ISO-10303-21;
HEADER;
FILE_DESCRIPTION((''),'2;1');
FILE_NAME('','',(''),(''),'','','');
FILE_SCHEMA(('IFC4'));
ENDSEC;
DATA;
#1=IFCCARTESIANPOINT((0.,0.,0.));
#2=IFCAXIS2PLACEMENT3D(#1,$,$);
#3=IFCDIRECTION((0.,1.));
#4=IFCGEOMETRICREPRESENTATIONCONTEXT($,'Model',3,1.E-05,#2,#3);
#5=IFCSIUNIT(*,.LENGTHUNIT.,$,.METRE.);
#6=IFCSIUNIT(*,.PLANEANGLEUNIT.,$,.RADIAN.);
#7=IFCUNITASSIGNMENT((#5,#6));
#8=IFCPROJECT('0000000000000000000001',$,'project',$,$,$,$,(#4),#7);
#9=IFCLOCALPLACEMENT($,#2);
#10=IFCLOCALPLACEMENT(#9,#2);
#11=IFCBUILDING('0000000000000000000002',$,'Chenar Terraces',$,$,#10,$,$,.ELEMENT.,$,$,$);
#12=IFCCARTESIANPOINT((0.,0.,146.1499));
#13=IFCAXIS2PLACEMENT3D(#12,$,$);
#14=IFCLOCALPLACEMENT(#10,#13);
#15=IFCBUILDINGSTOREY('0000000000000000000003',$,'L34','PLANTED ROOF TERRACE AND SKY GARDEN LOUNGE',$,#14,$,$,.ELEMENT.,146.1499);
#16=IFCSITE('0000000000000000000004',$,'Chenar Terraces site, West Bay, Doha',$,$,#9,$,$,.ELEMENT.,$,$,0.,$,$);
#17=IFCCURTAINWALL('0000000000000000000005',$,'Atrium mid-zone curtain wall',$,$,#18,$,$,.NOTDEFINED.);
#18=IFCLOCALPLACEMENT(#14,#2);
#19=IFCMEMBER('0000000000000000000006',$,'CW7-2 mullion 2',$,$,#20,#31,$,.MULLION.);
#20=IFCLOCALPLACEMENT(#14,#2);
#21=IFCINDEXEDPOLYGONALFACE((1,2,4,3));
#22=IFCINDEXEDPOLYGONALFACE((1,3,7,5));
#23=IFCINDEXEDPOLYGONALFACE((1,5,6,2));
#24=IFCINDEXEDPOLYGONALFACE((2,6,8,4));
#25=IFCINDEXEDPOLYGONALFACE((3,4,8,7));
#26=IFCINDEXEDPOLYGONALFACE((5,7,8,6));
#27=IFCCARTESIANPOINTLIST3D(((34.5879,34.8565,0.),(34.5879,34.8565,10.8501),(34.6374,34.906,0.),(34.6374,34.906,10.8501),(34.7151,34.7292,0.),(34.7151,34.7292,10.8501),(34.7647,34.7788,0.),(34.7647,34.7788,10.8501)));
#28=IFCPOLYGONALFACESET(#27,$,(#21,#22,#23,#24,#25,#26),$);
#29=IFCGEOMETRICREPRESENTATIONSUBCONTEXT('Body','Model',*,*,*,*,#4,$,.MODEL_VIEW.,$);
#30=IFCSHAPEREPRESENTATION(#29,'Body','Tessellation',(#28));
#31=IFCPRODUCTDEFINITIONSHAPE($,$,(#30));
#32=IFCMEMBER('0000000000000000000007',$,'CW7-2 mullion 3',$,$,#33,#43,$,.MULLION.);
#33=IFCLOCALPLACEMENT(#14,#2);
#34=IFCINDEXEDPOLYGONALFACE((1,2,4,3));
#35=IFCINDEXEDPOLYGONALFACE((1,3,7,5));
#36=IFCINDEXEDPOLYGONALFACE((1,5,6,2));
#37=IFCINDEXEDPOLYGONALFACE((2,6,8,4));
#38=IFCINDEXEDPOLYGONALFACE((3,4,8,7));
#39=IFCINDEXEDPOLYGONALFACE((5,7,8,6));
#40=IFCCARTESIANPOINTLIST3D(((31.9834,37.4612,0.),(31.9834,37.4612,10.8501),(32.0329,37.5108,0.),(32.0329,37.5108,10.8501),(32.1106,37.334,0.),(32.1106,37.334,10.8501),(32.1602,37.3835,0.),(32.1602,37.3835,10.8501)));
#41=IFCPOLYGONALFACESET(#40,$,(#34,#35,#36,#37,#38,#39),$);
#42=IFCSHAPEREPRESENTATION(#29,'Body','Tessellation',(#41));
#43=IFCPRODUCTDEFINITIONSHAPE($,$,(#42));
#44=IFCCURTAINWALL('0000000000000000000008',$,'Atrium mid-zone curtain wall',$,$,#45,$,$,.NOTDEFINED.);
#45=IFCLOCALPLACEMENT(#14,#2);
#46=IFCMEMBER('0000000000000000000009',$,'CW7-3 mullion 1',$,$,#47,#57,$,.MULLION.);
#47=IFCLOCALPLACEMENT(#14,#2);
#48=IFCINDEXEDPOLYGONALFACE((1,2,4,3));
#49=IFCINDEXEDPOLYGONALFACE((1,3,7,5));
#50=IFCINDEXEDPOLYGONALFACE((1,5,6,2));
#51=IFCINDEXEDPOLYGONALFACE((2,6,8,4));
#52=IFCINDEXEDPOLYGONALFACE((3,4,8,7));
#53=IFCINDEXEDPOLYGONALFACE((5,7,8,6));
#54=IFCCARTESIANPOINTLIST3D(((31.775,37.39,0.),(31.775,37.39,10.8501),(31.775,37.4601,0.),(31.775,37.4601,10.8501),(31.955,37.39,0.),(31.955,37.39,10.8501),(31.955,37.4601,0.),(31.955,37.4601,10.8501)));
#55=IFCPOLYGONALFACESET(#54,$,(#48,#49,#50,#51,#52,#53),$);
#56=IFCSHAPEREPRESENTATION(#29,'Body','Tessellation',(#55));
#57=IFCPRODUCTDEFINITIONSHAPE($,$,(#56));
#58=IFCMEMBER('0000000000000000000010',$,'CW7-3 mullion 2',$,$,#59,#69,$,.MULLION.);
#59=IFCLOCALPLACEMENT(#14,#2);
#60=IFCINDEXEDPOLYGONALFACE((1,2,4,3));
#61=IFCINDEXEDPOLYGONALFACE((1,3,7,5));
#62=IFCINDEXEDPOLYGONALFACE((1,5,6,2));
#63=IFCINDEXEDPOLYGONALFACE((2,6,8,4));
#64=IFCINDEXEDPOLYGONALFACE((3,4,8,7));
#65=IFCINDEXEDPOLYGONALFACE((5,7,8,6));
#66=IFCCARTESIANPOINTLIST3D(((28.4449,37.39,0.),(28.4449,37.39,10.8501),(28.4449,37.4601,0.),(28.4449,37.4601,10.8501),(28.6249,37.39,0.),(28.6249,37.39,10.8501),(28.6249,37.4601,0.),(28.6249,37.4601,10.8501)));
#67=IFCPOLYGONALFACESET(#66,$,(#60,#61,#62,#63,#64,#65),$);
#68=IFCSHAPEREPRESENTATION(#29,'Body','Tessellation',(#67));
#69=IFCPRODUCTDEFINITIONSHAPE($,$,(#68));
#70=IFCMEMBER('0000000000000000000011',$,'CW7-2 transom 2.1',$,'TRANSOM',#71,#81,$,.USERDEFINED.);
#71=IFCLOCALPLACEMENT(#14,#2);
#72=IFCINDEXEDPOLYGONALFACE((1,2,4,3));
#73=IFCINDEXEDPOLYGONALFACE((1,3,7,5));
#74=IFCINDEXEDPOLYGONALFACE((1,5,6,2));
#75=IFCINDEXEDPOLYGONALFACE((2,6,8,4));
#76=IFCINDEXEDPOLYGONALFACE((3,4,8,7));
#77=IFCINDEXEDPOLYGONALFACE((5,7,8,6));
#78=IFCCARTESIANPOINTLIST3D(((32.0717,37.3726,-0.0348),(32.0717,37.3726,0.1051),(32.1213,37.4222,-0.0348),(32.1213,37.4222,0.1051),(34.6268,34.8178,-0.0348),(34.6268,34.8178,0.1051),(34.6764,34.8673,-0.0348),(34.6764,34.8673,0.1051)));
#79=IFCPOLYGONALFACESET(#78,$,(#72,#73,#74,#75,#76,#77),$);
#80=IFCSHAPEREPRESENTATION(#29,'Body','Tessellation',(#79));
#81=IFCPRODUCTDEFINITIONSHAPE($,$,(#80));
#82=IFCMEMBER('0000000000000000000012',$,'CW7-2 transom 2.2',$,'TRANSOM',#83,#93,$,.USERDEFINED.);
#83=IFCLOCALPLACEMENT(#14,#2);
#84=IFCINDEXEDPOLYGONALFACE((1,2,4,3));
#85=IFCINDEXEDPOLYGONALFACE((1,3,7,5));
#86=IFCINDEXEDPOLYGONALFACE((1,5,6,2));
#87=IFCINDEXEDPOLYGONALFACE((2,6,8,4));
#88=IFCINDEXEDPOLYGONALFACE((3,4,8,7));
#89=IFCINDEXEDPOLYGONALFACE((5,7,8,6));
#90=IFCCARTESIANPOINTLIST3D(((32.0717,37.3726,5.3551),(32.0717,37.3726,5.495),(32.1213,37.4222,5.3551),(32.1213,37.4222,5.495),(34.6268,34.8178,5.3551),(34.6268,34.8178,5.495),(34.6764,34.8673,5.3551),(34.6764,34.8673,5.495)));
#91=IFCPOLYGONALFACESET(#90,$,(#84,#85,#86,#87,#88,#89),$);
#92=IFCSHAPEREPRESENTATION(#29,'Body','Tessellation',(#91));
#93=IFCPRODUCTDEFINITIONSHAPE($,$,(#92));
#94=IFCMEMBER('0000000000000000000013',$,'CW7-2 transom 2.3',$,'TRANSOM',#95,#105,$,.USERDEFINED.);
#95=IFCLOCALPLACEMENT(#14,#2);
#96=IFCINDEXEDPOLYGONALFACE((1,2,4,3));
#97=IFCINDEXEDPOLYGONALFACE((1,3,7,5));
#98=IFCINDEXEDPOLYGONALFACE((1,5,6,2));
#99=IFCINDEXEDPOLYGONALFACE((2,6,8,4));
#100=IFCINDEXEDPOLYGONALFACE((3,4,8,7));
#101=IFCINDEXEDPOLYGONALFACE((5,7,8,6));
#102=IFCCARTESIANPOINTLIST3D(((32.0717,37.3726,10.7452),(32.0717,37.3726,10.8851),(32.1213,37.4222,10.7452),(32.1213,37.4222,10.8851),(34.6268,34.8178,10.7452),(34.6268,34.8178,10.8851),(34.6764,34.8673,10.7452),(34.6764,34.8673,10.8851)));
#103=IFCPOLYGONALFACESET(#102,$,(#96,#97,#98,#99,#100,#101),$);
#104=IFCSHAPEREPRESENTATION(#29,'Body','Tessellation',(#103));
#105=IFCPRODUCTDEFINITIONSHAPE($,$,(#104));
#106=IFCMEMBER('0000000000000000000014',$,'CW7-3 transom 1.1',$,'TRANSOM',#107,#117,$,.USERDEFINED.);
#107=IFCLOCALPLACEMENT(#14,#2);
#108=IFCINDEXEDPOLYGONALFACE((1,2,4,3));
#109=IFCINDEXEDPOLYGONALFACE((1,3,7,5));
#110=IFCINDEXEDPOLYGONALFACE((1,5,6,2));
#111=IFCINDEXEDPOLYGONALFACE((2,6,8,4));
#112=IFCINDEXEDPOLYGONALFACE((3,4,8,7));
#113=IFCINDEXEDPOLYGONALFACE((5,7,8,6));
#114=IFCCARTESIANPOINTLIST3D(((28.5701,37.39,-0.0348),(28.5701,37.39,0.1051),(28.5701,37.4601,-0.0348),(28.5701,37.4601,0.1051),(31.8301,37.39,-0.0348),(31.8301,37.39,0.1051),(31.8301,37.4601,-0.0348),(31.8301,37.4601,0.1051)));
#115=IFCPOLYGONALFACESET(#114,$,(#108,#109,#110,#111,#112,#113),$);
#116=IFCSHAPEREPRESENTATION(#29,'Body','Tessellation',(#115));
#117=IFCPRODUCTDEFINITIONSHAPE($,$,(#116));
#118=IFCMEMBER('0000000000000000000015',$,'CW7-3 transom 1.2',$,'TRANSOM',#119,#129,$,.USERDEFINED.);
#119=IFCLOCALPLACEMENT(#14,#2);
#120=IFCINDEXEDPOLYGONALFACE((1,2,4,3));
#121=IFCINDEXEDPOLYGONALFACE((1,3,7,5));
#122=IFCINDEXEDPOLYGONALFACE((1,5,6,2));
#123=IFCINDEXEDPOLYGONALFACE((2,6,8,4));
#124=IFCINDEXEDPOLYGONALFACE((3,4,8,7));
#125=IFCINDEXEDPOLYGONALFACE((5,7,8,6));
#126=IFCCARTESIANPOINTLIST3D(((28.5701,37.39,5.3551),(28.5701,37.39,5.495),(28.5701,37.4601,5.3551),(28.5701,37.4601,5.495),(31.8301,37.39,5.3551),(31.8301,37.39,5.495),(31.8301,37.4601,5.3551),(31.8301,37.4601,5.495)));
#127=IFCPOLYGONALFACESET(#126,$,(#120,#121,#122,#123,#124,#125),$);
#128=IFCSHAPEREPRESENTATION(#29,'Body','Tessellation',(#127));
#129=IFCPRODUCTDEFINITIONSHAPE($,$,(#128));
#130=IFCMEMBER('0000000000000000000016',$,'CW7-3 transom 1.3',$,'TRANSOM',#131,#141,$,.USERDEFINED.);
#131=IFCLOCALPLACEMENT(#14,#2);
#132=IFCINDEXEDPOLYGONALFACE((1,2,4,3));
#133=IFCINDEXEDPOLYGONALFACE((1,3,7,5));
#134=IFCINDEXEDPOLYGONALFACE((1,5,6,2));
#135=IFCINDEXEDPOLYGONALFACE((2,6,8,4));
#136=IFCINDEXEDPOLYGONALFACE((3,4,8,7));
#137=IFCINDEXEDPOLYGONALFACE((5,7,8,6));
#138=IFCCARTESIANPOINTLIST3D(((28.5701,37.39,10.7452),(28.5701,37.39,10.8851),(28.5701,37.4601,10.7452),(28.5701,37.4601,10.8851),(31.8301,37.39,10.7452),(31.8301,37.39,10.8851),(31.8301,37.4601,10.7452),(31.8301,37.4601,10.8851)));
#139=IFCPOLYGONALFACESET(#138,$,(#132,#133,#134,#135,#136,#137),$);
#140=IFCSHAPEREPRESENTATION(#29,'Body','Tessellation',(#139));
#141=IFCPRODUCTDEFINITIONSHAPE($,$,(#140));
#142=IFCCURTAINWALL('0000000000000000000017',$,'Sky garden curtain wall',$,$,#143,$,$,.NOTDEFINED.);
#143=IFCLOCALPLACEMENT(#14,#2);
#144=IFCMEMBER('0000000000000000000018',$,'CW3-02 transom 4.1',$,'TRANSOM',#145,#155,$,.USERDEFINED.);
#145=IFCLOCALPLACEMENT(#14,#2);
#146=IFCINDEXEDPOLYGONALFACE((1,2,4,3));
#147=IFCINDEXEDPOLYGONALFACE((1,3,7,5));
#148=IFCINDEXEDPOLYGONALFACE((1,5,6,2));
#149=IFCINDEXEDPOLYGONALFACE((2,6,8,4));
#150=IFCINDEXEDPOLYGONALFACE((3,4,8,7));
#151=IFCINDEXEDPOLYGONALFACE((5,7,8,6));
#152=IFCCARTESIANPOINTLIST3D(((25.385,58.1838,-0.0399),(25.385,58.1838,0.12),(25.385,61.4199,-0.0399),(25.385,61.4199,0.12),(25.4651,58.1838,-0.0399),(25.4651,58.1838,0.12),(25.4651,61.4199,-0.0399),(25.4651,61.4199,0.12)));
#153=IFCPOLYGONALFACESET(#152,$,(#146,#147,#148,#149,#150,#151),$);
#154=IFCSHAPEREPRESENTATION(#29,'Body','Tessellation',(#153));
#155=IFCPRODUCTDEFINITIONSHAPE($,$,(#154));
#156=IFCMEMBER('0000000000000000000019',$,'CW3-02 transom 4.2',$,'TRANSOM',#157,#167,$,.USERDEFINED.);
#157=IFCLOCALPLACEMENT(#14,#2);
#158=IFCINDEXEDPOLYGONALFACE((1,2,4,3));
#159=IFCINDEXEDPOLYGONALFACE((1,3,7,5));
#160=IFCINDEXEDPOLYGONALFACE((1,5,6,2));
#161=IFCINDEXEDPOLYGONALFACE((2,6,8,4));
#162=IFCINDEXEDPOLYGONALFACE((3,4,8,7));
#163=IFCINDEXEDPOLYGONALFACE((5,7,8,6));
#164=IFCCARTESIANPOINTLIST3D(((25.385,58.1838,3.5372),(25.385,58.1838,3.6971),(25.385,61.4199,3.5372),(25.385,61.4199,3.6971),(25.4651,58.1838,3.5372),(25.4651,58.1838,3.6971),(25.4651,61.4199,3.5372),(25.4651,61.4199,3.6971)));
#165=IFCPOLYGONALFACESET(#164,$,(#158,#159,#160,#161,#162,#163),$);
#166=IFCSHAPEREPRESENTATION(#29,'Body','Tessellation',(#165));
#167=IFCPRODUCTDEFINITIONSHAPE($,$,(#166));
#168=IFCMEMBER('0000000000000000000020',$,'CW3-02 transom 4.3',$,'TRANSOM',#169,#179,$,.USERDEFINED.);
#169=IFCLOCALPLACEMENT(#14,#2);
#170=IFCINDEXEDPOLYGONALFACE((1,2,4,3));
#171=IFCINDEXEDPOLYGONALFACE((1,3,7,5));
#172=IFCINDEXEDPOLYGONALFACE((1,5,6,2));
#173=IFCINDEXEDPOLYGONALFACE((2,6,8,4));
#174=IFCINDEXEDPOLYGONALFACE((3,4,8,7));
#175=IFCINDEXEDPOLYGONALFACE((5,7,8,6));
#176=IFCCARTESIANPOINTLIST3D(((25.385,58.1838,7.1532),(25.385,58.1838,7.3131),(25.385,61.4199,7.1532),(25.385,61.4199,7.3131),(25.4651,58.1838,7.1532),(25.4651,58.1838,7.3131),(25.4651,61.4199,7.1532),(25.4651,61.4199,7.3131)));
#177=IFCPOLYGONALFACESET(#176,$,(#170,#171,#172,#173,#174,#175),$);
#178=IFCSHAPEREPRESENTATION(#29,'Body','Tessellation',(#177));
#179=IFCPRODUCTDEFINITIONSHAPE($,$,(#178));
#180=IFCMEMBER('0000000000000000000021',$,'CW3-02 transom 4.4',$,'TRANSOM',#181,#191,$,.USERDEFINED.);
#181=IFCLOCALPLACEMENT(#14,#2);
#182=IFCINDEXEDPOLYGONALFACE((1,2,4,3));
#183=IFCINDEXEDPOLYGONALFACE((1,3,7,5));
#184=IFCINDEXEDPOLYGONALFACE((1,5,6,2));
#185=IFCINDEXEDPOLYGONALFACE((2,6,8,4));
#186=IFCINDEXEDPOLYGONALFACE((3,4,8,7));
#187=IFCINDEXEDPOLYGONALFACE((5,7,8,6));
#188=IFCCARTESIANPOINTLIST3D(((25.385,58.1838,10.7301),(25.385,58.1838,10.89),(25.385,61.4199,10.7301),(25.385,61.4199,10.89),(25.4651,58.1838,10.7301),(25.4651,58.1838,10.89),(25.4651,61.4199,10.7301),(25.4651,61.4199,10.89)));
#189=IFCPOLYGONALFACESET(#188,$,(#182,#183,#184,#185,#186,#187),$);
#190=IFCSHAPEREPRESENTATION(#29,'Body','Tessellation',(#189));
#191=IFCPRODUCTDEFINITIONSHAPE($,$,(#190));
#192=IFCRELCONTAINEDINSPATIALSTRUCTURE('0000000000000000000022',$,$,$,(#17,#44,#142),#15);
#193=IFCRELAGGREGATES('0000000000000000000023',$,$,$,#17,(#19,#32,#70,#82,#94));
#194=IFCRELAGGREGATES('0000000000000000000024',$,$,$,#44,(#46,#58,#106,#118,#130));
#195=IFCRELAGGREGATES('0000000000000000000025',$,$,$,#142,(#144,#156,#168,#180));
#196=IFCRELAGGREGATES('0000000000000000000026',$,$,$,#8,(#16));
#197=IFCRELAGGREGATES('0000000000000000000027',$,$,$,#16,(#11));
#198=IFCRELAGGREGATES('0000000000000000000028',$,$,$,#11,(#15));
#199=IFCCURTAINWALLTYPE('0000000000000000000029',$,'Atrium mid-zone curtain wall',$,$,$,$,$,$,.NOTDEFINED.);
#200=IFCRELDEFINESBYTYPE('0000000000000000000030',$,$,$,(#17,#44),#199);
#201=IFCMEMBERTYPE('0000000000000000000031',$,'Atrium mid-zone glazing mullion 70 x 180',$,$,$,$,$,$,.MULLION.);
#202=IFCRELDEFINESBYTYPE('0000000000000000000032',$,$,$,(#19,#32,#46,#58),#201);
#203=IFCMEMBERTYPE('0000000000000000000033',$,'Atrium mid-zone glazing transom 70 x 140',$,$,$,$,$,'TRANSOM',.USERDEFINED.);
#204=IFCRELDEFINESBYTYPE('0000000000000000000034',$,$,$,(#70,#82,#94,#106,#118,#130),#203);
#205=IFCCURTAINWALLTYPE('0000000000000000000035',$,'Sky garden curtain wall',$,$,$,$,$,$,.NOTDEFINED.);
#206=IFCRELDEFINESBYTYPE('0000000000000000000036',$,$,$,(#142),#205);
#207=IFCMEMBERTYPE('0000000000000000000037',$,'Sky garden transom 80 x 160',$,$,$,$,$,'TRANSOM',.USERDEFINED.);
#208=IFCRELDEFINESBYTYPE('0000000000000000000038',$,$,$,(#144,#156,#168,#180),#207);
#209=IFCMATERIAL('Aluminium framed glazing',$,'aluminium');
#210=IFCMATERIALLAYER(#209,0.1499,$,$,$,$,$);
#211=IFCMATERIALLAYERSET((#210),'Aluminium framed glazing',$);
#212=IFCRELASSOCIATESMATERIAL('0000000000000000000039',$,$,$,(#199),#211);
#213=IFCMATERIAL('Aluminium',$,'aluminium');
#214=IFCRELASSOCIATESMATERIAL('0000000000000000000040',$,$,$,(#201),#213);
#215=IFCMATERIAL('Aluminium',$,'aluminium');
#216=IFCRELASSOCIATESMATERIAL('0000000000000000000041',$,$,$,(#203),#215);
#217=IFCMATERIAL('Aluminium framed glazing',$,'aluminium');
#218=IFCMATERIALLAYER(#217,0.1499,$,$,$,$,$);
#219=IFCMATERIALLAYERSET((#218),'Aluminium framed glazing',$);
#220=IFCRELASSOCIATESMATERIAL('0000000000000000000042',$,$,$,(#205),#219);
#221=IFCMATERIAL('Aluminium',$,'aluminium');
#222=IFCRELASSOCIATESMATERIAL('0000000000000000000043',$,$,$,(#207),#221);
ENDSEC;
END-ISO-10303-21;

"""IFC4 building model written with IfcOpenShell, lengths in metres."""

from ifc_helpers import new_model, si_unit, direction, frame, origin, origin_2d, place, context, subcontext, project, spatial, rectangle, extrude, material, layer, layer_set, material_profile, profile_set, type_object, element, aggregate, save


model = new_model("IFC4")

# Units and contexts
model_context = context("Model", 3, precision=1e-05, world=origin(), true_north=direction((0.0, 1.0)))
body_context = subcontext(model_context, "Body", "Model", "MODEL_VIEW")
ifc_project = project(units=[si_unit("LENGTHUNIT", "METRE"), si_unit("PLANEANGLEUNIT", "RADIAN")], contexts=[model_context])

# Site, building, storey
site_placement = place(None, origin())
site = spatial("IfcSite", under=ifc_project, at=site_placement, Name="Chenar Terraces site, West Bay, Doha", CompositionType="ELEMENT", RefElevation=0.0)
building_placement = place(site_placement, origin())
building = spatial("IfcBuilding", under=site, at=building_placement, Name="Chenar Terraces", CompositionType="ELEMENT")
storey_placement = place(building_placement, frame((0.0, 0.0, 146.1499)))
storey = spatial("IfcBuildingStorey", under=building, at=storey_placement, Name="L34", Description="PLANTED ROOF TERRACE AND SKY GARDEN LOUNGE", CompositionType="ELEMENT", Elevation=146.1499)

# Curtain walls, members
ifc_material_1 = material(Name="Aluminium framed glazing", Category="aluminium")
ifc_layer_1 = layer(ifc_material_1, 0.1499)
ifc_layer_set_1 = layer_set([ifc_layer_1], Name="Aluminium framed glazing")
curtain_wall_type_1 = type_object("IfcCurtainWallType", Name="Atrium mid-zone curtain wall", PredefinedType="NOTDEFINED", material=ifc_layer_set_1)
placement = place(storey_placement, origin())
curtain_wall_1 = element("IfcCurtainWall", 1, at=placement, inside=storey, type_object=curtain_wall_type_1, Name="Atrium mid-zone curtain wall", PredefinedType="NOTDEFINED")
ifc_material_2 = material(Name="Aluminium", Category="aluminium")
ifc_material_profile_1 = material_profile(ifc_material_2, rectangle(XDim=0.0701, YDim=0.1799, at=origin_2d()), Name="Atrium mid-zone glazing mullion 70 x 180")
ifc_profile_set_1 = profile_set([ifc_material_profile_1], Name="Aluminium")
member_type_1 = type_object("IfcMemberType", Name="Atrium mid-zone glazing mullion 70 x 180", PredefinedType="MULLION", material=ifc_profile_set_1)
member_1_placement = place(storey_placement, frame((34.6763, 34.8176, 0.0), z_axis=(0.0, 0.0, 1.0), x_axis=(-0.707107, -0.707107, 0.0)))
member_1 = element("IfcMember", 2, at=member_1_placement, type_object=member_type_1, Name="CW7-2 mullion 2", PredefinedType="MULLION", context=body_context, shape_type="SweptSolid", body=[
    extrude(rectangle(XDim=0.0701, YDim=0.1799, at=origin_2d()), origin(), (0.0, 0.0, 1.0), 10.8501),
])
member_2_placement = place(storey_placement, frame((32.0718, 37.4224, 0.0), z_axis=(0.0, 0.0, 1.0), x_axis=(-0.707107, -0.707107, 0.0)))
member_2 = element("IfcMember", 3, at=member_2_placement, type_object=member_type_1, Name="CW7-2 mullion 3", PredefinedType="MULLION", context=body_context, shape_type="SweptSolid", body=[
    extrude(rectangle(XDim=0.0701, YDim=0.1799, at=origin_2d()), origin(), (0.0, 0.0, 1.0), 10.8501),
])
curtain_wall_2 = element("IfcCurtainWall", 4, at=placement, inside=storey, type_object=curtain_wall_type_1, Name="Atrium mid-zone curtain wall", PredefinedType="NOTDEFINED")
member_3_placement = place(storey_placement, frame((31.865, 37.425, 0.0), z_axis=(0.0, 0.0, 1.0), x_axis=(0.0, -1.0, 0.0)))
member_3 = element("IfcMember", 5, at=member_3_placement, type_object=member_type_1, Name="CW7-3 mullion 1", PredefinedType="MULLION", context=body_context, shape_type="SweptSolid", body=[
    extrude(rectangle(XDim=0.0701, YDim=0.1799, at=origin_2d()), origin(), (0.0, 0.0, 1.0), 10.8501),
])
member_4_placement = place(storey_placement, frame((28.5349, 37.425, 0.0), z_axis=(0.0, 0.0, 1.0), x_axis=(0.0, -1.0, 0.0)))
member_4 = element("IfcMember", 6, at=member_4_placement, type_object=member_type_1, Name="CW7-3 mullion 2", PredefinedType="MULLION", context=body_context, shape_type="SweptSolid", body=[
    extrude(rectangle(XDim=0.0701, YDim=0.1799, at=origin_2d()), origin(), (0.0, 0.0, 1.0), 10.8501),
])

# Members
ifc_material_3 = material(Name="Aluminium", Category="aluminium")
ifc_material_profile_2 = material_profile(ifc_material_3, rectangle(XDim=0.0701, YDim=0.1399, at=origin_2d()), Name="Atrium mid-zone glazing transom 70 x 140")
ifc_profile_set_2 = profile_set([ifc_material_profile_2], Name="Aluminium")
member_type_2 = type_object("IfcMemberType", Name="Atrium mid-zone glazing transom 70 x 140", ElementType="TRANSOM", PredefinedType="USERDEFINED", material=ifc_profile_set_2)
member_5_placement = place(storey_placement, frame((34.6516, 34.8425, 0.0352), z_axis=(-0.707141, 0.707073, 0.0), x_axis=(-0.707073, -0.707141, 0.0)))
member_5 = element("IfcMember", 7, at=member_5_placement, type_object=member_type_2, Name="CW7-2 transom 2.1", ObjectType="TRANSOM", PredefinedType="USERDEFINED", context=body_context, shape_type="SweptSolid", body=[
    extrude(rectangle(XDim=0.0701, YDim=0.1399, at=origin_2d()), origin(), (0.0, 0.0, 1.0), 3.6133),
])
member_6_placement = place(storey_placement, frame((34.6516, 34.8425, 5.425), z_axis=(-0.707141, 0.707073, 0.0), x_axis=(-0.707073, -0.707141, 0.0)))
member_6 = element("IfcMember", 8, at=member_6_placement, type_object=member_type_2, Name="CW7-2 transom 2.2", ObjectType="TRANSOM", PredefinedType="USERDEFINED", context=body_context, shape_type="SweptSolid", body=[
    extrude(rectangle(XDim=0.0701, YDim=0.1399, at=origin_2d()), origin(), (0.0, 0.0, 1.0), 3.6133),
])
member_7_placement = place(storey_placement, frame((34.6516, 34.8425, 10.8152), z_axis=(-0.707141, 0.707073, 0.0), x_axis=(-0.707073, -0.707141, 0.0)))
member_7 = element("IfcMember", 9, at=member_7_placement, type_object=member_type_2, Name="CW7-2 transom 2.3", ObjectType="TRANSOM", PredefinedType="USERDEFINED", context=body_context, shape_type="SweptSolid", body=[
    extrude(rectangle(XDim=0.0701, YDim=0.1399, at=origin_2d()), origin(), (0.0, 0.0, 1.0), 3.6133),
])
member_8_placement = place(storey_placement, frame((31.8301, 37.425, 0.0352), z_axis=(-1.0, 0.0, 0.0), x_axis=(0.0, -1.0, 0.0)))
member_8 = element("IfcMember", 10, at=member_8_placement, type_object=member_type_2, Name="CW7-3 transom 1.1", ObjectType="TRANSOM", PredefinedType="USERDEFINED", context=body_context, shape_type="SweptSolid", body=[
    extrude(rectangle(XDim=0.0701, YDim=0.1399, at=origin_2d()), origin(), (0.0, 0.0, 1.0), 3.26),
])
member_9_placement = place(storey_placement, frame((31.8301, 37.425, 5.425), z_axis=(-1.0, 0.0, 0.0), x_axis=(0.0, -1.0, 0.0)))
member_9 = element("IfcMember", 11, at=member_9_placement, type_object=member_type_2, Name="CW7-3 transom 1.2", ObjectType="TRANSOM", PredefinedType="USERDEFINED", context=body_context, shape_type="SweptSolid", body=[
    extrude(rectangle(XDim=0.0701, YDim=0.1399, at=origin_2d()), origin(), (0.0, 0.0, 1.0), 3.26),
])
member_10_placement = place(storey_placement, frame((31.8301, 37.425, 10.8152), z_axis=(-1.0, 0.0, 0.0), x_axis=(0.0, -1.0, 0.0)))
member_10 = element("IfcMember", 12, at=member_10_placement, type_object=member_type_2, Name="CW7-3 transom 1.3", ObjectType="TRANSOM", PredefinedType="USERDEFINED", context=body_context, shape_type="SweptSolid", body=[
    extrude(rectangle(XDim=0.0701, YDim=0.1399, at=origin_2d()), origin(), (0.0, 0.0, 1.0), 3.26),
])

# Curtain wall, members
ifc_material_4 = material(Name="Aluminium framed glazing", Category="aluminium")
ifc_layer_2 = layer(ifc_material_4, 0.1499)
ifc_layer_set_2 = layer_set([ifc_layer_2], Name="Aluminium framed glazing")
curtain_wall_type_2 = type_object("IfcCurtainWallType", Name="Sky garden curtain wall", PredefinedType="NOTDEFINED", material=ifc_layer_set_2)
curtain_wall_3 = element("IfcCurtainWall", 13, at=placement, inside=storey, type_object=curtain_wall_type_2, Name="Sky garden curtain wall", PredefinedType="NOTDEFINED")
ifc_material_5 = material(Name="Aluminium", Category="aluminium")
ifc_material_profile_3 = material_profile(ifc_material_5, rectangle(XDim=0.0801, YDim=0.1599, at=origin_2d()), Name="Sky garden transom 80 x 160")
ifc_profile_set_3 = profile_set([ifc_material_profile_3], Name="Aluminium")
member_type_3 = type_object("IfcMemberType", Name="Sky garden transom 80 x 160", ElementType="TRANSOM", PredefinedType="USERDEFINED", material=ifc_profile_set_3)
member_11_placement = place(storey_placement, frame((25.425, 58.1838, 0.04), z_axis=(0.0, 1.0, 0.0), x_axis=(-1.0, 0.0, 0.0)))
member_11 = element("IfcMember", 14, at=member_11_placement, type_object=member_type_3, Name="CW3-02 transom 4.1", ObjectType="TRANSOM", PredefinedType="USERDEFINED", context=body_context, shape_type="SweptSolid", body=[
    extrude(rectangle(XDim=0.0801, YDim=0.1599, at=origin_2d()), origin(), (0.0, 0.0, 1.0), 3.2361),
])
member_12_placement = place(storey_placement, frame((25.425, 58.1838, 3.6172), z_axis=(0.0, 1.0, 0.0), x_axis=(-1.0, 0.0, 0.0)))
member_12 = element("IfcMember", 15, at=member_12_placement, type_object=member_type_3, Name="CW3-02 transom 4.2", ObjectType="TRANSOM", PredefinedType="USERDEFINED", context=body_context, shape_type="SweptSolid", body=[
    extrude(rectangle(XDim=0.0801, YDim=0.1599, at=origin_2d()), origin(), (0.0, 0.0, 1.0), 3.2361),
])
member_13_placement = place(storey_placement, frame((25.425, 58.1838, 7.2332), z_axis=(0.0, 1.0, 0.0), x_axis=(-1.0, 0.0, 0.0)))
member_13 = element("IfcMember", 16, at=member_13_placement, type_object=member_type_3, Name="CW3-02 transom 4.3", ObjectType="TRANSOM", PredefinedType="USERDEFINED", context=body_context, shape_type="SweptSolid", body=[
    extrude(rectangle(XDim=0.0801, YDim=0.1599, at=origin_2d()), origin(), (0.0, 0.0, 1.0), 3.2361),
])
member_14_placement = place(storey_placement, frame((25.425, 58.1838, 10.8101), z_axis=(0.0, 1.0, 0.0), x_axis=(-1.0, 0.0, 0.0)))
member_14 = element("IfcMember", 17, at=member_14_placement, type_object=member_type_3, Name="CW3-02 transom 4.4", ObjectType="TRANSOM", PredefinedType="USERDEFINED", context=body_context, shape_type="SweptSolid", body=[
    extrude(rectangle(XDim=0.0801, YDim=0.1599, at=origin_2d()), origin(), (0.0, 0.0, 1.0), 3.2361),
])

aggregate(curtain_wall_1, [member_1, member_2, member_5, member_6, member_7])
aggregate(curtain_wall_2, [member_3, member_4, member_8, member_9, member_10])
aggregate(curtain_wall_3, [member_11, member_12, member_13, member_14])

save(model, "model.ifc")
